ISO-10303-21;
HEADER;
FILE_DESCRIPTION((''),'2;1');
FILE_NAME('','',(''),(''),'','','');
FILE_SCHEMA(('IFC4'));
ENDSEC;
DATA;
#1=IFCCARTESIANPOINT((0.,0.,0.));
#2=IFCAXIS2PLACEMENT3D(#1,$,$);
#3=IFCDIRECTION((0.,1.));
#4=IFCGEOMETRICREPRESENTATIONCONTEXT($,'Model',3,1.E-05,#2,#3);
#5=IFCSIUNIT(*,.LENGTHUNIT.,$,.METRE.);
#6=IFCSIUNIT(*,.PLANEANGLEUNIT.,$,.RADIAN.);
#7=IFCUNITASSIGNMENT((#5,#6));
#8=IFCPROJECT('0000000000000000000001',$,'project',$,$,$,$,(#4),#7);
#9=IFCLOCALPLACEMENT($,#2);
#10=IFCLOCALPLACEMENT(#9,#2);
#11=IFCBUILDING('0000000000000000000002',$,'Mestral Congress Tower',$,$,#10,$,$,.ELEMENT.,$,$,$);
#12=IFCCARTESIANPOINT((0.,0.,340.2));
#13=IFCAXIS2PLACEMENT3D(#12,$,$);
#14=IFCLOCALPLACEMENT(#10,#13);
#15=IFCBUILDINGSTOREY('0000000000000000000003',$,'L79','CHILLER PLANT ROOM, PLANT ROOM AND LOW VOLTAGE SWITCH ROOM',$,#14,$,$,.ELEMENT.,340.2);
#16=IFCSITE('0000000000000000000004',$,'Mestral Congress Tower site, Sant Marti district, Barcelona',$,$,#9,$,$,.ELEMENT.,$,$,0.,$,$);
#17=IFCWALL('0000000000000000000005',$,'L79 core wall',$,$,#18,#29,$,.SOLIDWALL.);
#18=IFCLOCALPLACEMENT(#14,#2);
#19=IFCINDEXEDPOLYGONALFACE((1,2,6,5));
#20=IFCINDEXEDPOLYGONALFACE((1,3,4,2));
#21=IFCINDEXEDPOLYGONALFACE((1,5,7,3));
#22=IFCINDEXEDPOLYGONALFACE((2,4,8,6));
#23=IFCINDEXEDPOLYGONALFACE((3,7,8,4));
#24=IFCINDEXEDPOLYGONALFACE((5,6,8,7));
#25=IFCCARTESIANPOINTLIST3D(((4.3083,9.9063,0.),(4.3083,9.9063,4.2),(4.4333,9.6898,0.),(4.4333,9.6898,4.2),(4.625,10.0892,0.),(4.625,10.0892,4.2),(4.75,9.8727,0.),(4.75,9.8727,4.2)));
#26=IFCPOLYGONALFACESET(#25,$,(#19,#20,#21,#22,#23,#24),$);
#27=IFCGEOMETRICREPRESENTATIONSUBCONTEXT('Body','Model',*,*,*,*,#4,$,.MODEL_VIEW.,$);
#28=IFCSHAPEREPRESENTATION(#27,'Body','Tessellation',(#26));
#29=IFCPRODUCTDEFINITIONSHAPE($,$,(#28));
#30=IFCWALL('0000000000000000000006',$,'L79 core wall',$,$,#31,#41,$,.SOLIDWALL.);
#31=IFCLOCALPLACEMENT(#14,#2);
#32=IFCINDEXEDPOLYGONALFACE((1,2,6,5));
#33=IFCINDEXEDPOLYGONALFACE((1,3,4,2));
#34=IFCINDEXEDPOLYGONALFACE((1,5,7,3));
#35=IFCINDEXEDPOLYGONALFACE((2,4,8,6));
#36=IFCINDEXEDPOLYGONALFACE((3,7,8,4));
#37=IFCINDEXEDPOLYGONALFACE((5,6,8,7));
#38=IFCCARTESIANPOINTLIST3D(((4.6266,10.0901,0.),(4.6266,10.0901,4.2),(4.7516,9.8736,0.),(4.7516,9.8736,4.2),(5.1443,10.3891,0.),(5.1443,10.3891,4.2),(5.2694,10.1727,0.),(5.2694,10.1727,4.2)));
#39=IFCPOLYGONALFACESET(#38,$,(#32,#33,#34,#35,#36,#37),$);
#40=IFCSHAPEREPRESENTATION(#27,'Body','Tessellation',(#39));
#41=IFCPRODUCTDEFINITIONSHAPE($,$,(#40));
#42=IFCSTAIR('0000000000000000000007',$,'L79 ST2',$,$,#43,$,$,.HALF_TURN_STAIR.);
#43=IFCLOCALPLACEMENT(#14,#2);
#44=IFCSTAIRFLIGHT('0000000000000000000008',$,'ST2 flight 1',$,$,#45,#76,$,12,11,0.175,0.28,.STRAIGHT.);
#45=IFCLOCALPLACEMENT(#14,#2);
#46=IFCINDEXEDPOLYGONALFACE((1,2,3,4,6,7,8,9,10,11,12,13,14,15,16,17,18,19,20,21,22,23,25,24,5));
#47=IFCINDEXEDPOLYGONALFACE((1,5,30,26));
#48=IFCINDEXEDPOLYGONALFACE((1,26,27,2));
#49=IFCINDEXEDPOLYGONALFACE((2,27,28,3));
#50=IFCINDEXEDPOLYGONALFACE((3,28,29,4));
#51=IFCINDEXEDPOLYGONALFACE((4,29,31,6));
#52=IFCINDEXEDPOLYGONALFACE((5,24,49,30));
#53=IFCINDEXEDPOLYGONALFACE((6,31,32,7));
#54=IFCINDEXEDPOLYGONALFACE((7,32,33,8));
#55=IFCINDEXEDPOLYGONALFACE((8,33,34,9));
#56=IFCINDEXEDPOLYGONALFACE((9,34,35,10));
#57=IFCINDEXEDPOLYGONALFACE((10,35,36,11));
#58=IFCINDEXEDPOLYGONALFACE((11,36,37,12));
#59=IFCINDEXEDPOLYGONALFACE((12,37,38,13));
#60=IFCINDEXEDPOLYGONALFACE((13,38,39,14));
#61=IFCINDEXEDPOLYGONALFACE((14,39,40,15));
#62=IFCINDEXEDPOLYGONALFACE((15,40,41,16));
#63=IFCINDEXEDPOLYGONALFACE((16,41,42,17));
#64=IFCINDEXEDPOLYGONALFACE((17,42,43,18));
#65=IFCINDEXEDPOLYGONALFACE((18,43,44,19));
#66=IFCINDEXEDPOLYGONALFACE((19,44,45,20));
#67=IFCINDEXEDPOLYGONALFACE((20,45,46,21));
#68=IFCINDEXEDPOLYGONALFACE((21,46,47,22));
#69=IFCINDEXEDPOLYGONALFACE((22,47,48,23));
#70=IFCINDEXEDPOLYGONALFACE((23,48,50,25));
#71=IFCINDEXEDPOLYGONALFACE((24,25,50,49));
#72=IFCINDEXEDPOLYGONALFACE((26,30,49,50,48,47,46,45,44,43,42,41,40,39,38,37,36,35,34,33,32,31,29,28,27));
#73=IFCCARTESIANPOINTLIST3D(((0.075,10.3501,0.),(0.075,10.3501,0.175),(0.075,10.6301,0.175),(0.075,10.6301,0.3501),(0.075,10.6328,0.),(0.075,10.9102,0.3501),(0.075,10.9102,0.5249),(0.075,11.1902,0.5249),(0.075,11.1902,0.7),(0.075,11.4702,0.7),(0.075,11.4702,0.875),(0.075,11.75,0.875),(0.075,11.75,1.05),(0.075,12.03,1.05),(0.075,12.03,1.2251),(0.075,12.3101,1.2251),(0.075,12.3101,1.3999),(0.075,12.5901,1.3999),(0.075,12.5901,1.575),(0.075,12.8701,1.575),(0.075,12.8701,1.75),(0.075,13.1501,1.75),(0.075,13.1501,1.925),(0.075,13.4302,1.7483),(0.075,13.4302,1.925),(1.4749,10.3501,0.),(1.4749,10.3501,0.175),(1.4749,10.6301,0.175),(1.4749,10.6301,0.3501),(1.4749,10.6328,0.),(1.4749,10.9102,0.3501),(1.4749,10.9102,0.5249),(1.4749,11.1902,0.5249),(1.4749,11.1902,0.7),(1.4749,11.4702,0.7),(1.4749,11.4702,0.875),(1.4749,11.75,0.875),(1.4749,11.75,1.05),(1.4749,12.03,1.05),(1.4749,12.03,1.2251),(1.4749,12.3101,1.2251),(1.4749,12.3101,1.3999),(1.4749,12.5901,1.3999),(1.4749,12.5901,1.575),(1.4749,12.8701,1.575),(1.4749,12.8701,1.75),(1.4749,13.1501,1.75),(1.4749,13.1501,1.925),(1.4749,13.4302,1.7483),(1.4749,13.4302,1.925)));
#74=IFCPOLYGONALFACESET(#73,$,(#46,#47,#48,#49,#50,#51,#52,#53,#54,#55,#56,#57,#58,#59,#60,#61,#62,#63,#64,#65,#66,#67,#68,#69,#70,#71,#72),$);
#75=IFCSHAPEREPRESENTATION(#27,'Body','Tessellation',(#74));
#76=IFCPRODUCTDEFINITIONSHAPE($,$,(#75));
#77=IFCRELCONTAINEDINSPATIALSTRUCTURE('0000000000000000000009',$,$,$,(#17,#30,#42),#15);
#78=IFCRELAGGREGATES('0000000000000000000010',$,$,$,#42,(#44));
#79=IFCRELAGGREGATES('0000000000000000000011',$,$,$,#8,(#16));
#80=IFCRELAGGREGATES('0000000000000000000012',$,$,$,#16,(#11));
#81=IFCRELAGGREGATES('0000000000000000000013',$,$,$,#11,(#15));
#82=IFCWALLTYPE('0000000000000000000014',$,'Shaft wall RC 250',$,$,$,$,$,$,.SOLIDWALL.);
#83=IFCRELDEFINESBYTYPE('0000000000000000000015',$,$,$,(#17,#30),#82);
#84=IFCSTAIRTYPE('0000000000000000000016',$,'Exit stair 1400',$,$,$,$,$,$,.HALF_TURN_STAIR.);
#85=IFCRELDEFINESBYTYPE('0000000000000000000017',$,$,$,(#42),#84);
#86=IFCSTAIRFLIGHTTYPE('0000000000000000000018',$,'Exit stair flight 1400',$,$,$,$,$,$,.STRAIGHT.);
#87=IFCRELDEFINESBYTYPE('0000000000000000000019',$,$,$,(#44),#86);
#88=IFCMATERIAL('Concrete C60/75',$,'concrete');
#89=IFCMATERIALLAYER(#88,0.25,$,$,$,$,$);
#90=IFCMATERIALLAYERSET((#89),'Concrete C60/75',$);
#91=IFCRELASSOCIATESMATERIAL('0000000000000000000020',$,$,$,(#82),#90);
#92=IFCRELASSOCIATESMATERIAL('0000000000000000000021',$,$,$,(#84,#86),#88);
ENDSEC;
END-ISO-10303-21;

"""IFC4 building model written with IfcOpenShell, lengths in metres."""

from ifc_helpers import new_model, si_unit, direction, frame, frame_2d, origin, place, context, subcontext, project, spatial, polyline, rectangle, outline, extrude, material, layer, layer_set, type_object, element, aggregate, save


model = new_model("IFC4")

# Units and contexts
model_context = context("Model", 3, precision=1e-05, world=origin(), true_north=direction((0.0, 1.0)))
body_context = subcontext(model_context, "Body", "Model", "MODEL_VIEW")
ifc_project = project(units=[si_unit("LENGTHUNIT", "METRE"), si_unit("PLANEANGLEUNIT", "RADIAN")], contexts=[model_context])

# Site, building, storey
site_placement = place(None, origin())
site = spatial("IfcSite", under=ifc_project, at=site_placement, Name="Mestral Congress Tower site, Sant Marti district, Barcelona", CompositionType="ELEMENT", RefElevation=0.0)
building_placement = place(site_placement, origin())
building = spatial("IfcBuilding", under=site, at=building_placement, Name="Mestral Congress Tower", CompositionType="ELEMENT")
storey_placement = place(building_placement, frame((0.0, 0.0, 340.2)))
storey = spatial("IfcBuildingStorey", under=building, at=storey_placement, Name="L79", Description="CHILLER PLANT ROOM, PLANT ROOM AND LOW VOLTAGE SWITCH ROOM", CompositionType="ELEMENT", Elevation=340.2)

# Shared definitions
placement = place(storey_placement, origin())

# Walls
ifc_material_1 = material(Name="Concrete C60/75", Category="concrete")
ifc_layer_1 = layer(ifc_material_1, 0.25)
ifc_layer_set_1 = layer_set([ifc_layer_1], Name="Concrete C60/75")
wall_type_1 = type_object("IfcWallType", Name="Shaft wall RC 250", PredefinedType="SOLIDWALL", material=ifc_layer_set_1)
wall_1_placement = place(storey_placement, frame((4.6875, 9.981, 0.0), z_axis=(0.0, 0.0, 1.0), x_axis=(-0.865974, -0.500088, 0.0)))
element("IfcWall", 1, at=wall_1_placement, inside=storey, type_object=wall_type_1, Name="L79 core wall", PredefinedType="SOLIDWALL", context=body_context, shape_type="SweptSolid", body=[
    extrude(rectangle(XDim=0.3657, YDim=0.25, at=frame_2d((0.1829, 0.0))), origin(), (0.0, 0.0, 1.0), 4.2),
])
wall_2_placement = place(storey_placement, frame((4.6892, 9.9819, 0.0), z_axis=(0.0, 0.0, 1.0), x_axis=(0.865948, 0.500135, 0.0)))
element("IfcWall", 2, at=wall_2_placement, inside=storey, type_object=wall_type_1, Name="L79 core wall", PredefinedType="SOLIDWALL", context=body_context, shape_type="SweptSolid", body=[
    extrude(rectangle(XDim=0.5979, YDim=0.25, at=frame_2d((0.2988, 0.0))), origin(), (0.0, 0.0, 1.0), 4.2),
])

# Stair, stair flight
stair_type = type_object("IfcStairType", Name="Exit stair 1400", PredefinedType="HALF_TURN_STAIR", material=ifc_material_1)
stair = element("IfcStair", 3, at=placement, inside=storey, type_object=stair_type, Name="L79 ST2", PredefinedType="HALF_TURN_STAIR")
stair_flight_type = type_object("IfcStairFlightType", Name="Exit stair flight 1400", PredefinedType="STRAIGHT", material=ifc_material_1)
stair_flight_placement = place(storey_placement, frame((0.7749, 10.3501, 0.0), z_axis=(0.0, 0.0, 1.0), x_axis=(0.0, 1.0, 0.0)))
stair_flight = element("IfcStairFlight", 4, at=stair_flight_placement, type_object=stair_flight_type, Name="ST2 flight 1", NumberOfRisers=12, NumberOfTreads=11, PredefinedType="STRAIGHT", RiserHeight=0.175, TreadLength=0.28, context=body_context, shape_type="SweptSolid", body=[
    extrude(outline(polyline([(0.0, 0.0), (0.0, 0.175), (0.28, 0.175), (0.28, 0.3501), (0.5601, 0.3501), (0.5601, 0.5249), (0.8401, 0.5249), (0.8401, 0.7), (1.1201, 0.7), (1.1201, 0.875), (1.3999, 0.875), (1.3999, 1.05), (1.6799, 1.05), (1.6799, 1.2251), (1.96, 1.2251), (1.96, 1.3999), (2.24, 1.3999), (2.24, 1.575), (2.52, 1.575), (2.52, 1.75), (2.8, 1.75), (2.8, 1.925), (3.0801, 1.925), (3.0801, 2.1001), (3.0801, 1.7483), (0.2827, 0.0), (0.0, 0.0)])), frame((0.0, 0.7, 0.0), z_axis=(0.0, -1.0, 0.0), x_axis=(1.0, 0.0, 0.0)), (0.0, 0.0, 1.0), 1.3999),
])
aggregate(stair, [stair_flight])

save(model, "model.ifc")
